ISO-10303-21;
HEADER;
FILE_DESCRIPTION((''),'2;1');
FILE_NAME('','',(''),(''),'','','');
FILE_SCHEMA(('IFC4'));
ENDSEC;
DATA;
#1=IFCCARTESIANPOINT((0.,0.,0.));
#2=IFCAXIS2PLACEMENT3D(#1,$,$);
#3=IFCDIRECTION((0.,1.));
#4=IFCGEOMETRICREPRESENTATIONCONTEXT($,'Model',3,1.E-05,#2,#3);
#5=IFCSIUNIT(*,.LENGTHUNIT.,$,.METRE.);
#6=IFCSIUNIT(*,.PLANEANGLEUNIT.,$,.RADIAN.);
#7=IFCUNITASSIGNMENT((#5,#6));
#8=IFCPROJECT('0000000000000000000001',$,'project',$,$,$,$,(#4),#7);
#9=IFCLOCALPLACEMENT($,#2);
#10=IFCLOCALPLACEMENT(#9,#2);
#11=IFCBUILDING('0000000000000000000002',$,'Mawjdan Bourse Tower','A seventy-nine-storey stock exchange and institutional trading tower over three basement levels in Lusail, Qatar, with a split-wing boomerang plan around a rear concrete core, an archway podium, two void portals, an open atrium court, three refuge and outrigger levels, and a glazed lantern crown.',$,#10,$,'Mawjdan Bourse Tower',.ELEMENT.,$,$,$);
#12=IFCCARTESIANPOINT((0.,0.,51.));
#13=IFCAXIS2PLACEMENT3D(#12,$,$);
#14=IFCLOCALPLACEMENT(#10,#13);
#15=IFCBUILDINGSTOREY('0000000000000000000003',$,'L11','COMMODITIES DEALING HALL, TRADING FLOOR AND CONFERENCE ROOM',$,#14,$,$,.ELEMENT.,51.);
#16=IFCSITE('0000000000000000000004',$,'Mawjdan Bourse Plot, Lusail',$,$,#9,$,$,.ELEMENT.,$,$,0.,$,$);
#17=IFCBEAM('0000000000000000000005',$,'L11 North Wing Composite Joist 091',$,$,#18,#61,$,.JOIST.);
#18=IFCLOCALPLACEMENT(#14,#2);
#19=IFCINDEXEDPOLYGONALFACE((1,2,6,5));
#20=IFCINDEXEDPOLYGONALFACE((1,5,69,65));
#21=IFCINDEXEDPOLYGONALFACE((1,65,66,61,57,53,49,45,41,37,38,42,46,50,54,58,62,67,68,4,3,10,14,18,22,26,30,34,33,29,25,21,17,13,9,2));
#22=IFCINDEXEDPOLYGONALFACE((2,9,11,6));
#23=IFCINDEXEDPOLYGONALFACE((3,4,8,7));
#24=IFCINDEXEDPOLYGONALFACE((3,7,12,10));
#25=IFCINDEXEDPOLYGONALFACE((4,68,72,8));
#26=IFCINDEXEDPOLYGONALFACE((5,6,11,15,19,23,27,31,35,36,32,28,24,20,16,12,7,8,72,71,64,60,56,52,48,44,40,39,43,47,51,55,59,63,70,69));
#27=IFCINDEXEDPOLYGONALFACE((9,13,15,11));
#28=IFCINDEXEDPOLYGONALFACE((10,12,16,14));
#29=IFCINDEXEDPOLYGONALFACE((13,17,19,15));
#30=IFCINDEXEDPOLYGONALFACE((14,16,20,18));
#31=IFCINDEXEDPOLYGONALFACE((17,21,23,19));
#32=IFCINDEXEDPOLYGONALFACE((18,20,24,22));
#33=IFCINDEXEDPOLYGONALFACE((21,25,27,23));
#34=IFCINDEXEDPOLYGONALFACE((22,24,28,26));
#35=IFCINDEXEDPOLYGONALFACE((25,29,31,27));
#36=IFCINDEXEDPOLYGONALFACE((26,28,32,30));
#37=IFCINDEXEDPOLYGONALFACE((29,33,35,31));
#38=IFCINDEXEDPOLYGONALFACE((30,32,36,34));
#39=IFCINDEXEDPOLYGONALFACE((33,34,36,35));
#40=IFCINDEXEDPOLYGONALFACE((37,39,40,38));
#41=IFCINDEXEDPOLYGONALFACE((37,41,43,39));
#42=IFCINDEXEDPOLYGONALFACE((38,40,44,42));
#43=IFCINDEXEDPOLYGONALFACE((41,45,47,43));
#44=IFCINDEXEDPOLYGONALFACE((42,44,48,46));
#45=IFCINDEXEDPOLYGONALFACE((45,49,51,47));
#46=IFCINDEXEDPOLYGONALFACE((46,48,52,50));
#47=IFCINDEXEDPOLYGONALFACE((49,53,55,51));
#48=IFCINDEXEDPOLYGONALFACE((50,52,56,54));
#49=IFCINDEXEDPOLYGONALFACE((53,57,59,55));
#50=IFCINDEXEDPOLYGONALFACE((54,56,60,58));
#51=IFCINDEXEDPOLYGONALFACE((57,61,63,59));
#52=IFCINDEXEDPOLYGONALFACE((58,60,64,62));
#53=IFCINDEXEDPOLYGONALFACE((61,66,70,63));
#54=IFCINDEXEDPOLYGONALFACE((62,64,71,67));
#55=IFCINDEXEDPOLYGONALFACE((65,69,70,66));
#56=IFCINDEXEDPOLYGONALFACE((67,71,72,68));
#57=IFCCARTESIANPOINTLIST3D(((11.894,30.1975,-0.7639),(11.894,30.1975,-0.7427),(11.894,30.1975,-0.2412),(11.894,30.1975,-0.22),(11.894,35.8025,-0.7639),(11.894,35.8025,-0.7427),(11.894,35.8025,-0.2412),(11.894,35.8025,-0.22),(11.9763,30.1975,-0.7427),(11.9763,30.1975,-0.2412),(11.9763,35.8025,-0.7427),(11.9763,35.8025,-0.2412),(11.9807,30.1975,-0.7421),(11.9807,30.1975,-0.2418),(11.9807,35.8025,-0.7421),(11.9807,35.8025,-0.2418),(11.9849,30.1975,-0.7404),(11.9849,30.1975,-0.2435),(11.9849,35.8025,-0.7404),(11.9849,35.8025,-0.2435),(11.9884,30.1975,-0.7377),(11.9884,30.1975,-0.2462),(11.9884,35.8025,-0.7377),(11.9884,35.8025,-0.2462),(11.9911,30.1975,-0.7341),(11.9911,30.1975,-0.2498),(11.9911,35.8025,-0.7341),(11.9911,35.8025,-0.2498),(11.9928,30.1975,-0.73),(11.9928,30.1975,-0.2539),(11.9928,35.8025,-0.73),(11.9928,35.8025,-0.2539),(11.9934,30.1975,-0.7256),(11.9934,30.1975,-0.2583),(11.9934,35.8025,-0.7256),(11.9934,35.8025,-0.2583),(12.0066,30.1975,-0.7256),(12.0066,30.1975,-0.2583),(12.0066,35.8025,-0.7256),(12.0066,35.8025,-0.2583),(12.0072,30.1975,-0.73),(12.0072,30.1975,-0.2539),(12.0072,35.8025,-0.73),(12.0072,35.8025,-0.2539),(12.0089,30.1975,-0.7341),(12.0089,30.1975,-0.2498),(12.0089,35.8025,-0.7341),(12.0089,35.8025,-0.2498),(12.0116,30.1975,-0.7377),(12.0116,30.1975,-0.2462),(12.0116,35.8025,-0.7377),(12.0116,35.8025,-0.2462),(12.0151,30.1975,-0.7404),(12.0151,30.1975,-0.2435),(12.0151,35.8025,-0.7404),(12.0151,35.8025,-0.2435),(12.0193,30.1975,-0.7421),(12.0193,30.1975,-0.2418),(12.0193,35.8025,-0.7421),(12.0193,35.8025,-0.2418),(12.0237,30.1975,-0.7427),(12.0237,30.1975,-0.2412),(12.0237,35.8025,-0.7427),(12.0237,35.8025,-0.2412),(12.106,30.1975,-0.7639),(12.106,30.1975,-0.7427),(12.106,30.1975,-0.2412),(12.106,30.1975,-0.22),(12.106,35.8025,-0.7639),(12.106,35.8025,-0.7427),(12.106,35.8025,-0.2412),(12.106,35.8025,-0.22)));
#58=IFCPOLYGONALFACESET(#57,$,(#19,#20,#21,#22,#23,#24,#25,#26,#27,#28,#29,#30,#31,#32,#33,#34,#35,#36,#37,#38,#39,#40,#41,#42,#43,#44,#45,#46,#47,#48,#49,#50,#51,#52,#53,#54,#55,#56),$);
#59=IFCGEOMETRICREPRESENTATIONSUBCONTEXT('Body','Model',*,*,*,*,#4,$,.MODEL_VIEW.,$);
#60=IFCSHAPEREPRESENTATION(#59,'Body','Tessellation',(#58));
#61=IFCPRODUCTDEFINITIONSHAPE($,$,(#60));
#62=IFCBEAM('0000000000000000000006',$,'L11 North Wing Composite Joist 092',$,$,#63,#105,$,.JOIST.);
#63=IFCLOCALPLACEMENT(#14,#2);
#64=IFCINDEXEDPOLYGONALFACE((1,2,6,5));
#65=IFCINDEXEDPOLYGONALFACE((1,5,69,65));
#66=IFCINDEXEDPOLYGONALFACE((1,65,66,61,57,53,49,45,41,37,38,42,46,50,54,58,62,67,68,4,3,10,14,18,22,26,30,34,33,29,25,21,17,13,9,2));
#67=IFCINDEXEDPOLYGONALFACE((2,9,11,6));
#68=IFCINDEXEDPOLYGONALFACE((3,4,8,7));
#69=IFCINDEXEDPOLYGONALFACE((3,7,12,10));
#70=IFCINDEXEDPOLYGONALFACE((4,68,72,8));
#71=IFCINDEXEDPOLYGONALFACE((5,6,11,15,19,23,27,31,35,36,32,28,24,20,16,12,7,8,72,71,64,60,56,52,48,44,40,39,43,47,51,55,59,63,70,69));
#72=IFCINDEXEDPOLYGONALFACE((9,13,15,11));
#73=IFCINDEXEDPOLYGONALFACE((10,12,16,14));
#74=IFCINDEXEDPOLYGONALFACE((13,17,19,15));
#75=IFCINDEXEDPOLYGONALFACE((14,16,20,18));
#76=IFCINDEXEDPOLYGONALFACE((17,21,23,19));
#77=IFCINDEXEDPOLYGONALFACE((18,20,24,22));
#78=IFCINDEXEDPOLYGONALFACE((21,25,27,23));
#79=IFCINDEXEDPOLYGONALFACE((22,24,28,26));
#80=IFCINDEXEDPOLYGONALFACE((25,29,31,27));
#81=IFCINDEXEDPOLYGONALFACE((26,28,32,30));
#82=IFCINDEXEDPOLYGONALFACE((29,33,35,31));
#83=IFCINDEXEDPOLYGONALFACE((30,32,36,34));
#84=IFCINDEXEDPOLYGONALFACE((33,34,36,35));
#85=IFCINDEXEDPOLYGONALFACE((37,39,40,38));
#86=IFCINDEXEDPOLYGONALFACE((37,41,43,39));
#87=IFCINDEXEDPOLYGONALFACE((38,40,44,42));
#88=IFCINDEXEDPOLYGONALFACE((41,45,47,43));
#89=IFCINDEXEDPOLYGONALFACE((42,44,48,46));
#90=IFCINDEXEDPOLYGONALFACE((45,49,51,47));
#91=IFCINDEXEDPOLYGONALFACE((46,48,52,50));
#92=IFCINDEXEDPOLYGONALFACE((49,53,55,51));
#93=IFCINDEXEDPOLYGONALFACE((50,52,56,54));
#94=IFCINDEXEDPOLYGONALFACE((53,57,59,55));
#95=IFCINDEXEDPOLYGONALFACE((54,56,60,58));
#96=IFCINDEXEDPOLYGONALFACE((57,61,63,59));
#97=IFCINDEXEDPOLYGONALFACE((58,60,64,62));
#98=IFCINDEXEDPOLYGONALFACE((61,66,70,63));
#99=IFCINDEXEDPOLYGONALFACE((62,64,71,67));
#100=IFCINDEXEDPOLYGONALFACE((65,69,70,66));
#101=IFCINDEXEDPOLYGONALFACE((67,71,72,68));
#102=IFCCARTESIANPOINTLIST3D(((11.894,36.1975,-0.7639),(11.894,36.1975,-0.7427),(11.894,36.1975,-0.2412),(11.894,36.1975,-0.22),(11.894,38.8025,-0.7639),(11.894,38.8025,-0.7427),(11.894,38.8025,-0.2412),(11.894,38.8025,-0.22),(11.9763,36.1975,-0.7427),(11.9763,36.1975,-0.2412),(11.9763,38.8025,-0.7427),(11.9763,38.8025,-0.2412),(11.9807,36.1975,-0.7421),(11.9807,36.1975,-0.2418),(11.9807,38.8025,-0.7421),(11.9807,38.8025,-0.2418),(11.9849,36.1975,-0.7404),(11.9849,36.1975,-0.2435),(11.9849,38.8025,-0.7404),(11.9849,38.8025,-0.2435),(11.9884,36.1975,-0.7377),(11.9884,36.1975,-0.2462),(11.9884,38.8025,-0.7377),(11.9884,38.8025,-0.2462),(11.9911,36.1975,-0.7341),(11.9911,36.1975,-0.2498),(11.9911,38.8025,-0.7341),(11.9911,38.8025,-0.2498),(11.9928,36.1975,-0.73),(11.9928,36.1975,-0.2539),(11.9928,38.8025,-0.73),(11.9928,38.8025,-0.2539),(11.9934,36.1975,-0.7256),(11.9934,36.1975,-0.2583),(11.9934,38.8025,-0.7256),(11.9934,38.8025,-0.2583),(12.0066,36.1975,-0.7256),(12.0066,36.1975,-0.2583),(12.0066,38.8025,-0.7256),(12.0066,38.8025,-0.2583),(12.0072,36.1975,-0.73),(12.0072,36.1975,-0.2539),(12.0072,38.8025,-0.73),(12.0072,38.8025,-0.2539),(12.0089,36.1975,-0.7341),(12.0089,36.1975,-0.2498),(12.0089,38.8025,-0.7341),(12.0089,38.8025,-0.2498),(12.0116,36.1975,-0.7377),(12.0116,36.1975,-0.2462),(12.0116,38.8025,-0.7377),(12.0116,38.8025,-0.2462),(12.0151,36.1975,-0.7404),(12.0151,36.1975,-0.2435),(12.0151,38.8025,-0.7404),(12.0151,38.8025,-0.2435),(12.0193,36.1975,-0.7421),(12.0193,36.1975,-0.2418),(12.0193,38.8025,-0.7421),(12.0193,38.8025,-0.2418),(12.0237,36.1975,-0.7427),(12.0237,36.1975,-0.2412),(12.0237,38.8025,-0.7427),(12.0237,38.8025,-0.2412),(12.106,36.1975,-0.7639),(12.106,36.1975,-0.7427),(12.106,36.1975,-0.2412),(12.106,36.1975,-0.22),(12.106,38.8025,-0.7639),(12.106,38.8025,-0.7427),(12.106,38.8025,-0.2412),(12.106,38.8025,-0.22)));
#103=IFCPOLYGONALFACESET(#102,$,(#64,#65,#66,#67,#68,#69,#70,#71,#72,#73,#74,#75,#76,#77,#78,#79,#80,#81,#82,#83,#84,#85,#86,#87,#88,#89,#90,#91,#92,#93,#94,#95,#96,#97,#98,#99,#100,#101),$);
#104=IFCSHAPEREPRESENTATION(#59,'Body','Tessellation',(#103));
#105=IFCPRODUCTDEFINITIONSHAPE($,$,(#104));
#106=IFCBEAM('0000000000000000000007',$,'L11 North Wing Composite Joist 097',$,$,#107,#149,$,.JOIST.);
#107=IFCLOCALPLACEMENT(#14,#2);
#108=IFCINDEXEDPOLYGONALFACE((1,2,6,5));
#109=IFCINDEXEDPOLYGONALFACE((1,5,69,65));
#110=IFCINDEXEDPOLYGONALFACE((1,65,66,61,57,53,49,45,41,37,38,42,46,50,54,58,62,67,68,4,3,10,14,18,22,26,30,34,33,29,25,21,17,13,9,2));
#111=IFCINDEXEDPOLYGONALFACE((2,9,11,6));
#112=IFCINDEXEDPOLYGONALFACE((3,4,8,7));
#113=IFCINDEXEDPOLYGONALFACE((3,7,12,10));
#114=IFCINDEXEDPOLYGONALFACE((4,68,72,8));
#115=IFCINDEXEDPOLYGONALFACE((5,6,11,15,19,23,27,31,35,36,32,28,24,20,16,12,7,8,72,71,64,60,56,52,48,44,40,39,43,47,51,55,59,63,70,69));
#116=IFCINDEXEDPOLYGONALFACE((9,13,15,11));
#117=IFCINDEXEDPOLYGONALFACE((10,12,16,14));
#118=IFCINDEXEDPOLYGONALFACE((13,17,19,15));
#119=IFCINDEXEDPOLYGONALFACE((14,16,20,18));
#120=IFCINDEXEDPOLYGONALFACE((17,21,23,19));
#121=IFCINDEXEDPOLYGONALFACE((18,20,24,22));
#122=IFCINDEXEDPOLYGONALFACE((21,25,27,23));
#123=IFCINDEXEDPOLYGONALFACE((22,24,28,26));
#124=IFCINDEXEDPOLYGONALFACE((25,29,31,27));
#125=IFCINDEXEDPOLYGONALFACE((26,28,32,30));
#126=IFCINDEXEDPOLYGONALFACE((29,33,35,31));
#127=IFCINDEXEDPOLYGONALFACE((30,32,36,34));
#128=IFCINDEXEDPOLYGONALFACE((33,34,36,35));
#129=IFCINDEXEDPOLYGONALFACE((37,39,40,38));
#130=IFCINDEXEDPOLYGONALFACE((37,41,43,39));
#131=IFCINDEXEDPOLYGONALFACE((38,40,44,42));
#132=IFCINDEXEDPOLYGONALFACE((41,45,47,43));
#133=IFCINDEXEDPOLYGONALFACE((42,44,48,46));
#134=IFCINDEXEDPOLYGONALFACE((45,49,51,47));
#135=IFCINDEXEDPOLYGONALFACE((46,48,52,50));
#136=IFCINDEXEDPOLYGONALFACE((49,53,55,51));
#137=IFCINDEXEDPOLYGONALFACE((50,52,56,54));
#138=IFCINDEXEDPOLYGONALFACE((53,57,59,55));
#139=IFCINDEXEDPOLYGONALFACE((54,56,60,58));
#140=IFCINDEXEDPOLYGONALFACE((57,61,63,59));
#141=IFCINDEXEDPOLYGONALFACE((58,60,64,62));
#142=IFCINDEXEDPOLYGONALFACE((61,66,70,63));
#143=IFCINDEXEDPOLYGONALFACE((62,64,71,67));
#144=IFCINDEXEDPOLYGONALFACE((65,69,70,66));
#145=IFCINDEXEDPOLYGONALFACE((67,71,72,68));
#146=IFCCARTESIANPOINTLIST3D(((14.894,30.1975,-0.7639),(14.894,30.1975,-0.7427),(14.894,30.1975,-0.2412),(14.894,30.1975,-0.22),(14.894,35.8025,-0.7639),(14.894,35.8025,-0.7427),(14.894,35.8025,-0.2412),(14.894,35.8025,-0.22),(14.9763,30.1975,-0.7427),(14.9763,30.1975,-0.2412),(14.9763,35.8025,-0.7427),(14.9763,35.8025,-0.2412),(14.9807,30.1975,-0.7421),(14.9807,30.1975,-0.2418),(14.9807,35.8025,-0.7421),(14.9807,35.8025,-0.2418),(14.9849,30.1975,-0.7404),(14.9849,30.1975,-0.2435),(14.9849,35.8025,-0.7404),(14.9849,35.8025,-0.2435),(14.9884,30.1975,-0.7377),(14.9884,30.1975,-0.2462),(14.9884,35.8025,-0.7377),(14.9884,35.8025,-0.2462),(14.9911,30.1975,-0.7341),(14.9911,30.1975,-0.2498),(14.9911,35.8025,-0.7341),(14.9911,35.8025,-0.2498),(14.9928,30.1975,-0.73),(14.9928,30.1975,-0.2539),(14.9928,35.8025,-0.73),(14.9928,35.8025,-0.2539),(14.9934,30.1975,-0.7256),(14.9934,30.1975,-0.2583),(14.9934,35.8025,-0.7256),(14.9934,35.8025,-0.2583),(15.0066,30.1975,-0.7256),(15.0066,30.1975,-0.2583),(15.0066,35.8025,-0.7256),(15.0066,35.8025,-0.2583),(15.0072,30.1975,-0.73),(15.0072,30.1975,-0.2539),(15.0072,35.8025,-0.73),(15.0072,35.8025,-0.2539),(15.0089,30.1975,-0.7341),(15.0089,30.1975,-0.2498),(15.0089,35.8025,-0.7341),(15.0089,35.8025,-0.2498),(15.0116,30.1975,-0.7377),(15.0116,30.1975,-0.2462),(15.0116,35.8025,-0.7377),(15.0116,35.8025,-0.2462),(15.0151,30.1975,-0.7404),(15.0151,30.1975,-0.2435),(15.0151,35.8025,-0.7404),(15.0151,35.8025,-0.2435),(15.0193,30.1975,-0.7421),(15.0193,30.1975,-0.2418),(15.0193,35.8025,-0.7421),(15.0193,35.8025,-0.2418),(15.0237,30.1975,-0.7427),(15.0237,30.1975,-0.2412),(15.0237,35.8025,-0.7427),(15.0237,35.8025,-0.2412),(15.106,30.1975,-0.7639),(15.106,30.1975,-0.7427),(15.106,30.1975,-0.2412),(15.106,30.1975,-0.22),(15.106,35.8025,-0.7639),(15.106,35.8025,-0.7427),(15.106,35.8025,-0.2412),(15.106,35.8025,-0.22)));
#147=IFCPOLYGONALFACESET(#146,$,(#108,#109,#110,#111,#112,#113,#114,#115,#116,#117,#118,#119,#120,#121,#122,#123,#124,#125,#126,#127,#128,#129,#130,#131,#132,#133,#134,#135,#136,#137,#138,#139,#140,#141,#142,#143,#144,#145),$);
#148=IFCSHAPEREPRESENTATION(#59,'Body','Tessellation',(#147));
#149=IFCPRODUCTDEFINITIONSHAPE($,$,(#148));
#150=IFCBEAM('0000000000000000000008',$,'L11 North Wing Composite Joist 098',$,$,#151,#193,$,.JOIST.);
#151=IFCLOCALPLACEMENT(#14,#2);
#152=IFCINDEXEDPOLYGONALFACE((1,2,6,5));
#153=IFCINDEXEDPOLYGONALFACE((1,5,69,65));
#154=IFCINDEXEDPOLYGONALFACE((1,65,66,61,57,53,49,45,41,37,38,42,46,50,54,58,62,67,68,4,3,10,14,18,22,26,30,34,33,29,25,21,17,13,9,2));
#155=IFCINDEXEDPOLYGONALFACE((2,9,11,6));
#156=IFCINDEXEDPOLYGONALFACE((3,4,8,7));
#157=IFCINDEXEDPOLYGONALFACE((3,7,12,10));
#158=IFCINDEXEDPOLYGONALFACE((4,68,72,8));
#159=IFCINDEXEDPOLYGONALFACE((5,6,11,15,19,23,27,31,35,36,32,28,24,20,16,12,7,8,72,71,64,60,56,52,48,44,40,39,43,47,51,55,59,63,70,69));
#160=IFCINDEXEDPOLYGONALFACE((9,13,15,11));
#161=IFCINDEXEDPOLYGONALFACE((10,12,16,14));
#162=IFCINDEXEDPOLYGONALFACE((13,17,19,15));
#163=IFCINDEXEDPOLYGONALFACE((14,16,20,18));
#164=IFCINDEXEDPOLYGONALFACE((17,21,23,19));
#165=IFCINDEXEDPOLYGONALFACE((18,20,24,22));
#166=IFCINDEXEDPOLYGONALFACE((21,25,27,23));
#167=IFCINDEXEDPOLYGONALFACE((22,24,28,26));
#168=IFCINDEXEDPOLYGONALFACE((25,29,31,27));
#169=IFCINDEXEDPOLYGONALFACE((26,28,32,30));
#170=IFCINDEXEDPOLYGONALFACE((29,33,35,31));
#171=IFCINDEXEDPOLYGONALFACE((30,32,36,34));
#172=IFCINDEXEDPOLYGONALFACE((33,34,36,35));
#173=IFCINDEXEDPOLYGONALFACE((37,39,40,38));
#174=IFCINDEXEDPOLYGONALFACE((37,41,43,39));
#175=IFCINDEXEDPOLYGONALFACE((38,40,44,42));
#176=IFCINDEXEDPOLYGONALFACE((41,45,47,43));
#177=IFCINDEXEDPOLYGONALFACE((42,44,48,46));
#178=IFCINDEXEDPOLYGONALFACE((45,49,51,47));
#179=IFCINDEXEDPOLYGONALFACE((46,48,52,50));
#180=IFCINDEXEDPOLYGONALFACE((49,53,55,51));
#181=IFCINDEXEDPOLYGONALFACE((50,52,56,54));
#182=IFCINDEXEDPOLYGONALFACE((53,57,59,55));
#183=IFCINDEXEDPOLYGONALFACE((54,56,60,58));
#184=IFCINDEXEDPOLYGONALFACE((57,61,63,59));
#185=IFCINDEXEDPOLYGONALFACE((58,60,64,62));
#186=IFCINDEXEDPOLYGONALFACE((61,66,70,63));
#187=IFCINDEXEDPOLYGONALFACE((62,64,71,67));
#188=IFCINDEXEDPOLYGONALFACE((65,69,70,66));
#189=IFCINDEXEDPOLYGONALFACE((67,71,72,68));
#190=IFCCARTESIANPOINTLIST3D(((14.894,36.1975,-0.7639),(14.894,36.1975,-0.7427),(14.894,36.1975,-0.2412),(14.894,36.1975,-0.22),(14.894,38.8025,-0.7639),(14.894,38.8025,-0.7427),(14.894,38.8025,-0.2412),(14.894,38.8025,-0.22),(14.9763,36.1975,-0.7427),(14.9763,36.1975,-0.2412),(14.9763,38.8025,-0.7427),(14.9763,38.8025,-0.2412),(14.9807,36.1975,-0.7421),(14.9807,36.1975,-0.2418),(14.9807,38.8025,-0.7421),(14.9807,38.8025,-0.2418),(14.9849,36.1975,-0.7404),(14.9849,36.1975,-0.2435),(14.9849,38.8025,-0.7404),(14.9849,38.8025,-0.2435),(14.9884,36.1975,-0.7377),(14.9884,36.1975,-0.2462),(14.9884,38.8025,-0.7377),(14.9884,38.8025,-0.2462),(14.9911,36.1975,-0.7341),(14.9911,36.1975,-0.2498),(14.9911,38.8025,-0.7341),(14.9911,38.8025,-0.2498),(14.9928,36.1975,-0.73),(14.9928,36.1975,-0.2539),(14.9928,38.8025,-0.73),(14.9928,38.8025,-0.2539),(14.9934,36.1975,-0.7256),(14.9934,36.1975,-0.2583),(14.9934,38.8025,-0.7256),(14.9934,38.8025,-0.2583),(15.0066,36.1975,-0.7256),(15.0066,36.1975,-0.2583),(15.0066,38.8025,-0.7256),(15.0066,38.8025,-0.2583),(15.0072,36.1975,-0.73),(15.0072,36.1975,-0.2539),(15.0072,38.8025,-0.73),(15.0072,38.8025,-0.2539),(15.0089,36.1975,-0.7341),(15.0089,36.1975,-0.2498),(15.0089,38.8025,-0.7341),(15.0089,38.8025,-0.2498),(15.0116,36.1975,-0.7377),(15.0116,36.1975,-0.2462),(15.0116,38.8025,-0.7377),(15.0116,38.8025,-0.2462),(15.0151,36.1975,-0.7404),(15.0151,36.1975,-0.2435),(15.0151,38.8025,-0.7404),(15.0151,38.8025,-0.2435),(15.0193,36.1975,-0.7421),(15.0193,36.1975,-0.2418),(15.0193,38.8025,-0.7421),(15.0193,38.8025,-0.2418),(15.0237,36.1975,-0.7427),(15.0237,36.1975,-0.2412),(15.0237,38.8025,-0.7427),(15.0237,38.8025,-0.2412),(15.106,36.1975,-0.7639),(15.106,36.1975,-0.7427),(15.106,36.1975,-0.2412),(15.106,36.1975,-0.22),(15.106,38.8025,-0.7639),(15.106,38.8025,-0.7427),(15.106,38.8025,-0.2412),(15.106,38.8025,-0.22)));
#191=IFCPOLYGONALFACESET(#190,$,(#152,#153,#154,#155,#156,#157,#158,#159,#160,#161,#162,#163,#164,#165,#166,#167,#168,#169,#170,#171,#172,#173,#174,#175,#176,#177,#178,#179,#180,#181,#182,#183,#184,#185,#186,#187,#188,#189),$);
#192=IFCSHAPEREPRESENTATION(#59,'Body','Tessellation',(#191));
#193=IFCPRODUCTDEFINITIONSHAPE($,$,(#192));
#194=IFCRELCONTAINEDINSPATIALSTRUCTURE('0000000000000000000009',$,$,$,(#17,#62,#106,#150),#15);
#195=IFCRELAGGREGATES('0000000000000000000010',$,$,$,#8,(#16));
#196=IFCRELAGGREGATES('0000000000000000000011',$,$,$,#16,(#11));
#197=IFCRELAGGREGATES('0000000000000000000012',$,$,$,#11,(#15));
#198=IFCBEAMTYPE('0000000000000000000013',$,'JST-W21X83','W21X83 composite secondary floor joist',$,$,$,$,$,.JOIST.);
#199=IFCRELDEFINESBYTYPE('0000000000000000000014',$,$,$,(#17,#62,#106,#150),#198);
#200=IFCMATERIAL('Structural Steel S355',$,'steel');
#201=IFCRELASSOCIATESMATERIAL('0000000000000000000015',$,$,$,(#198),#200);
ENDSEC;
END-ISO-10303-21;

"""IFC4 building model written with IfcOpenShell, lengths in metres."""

from ifc_helpers import new_model, si_unit, direction, frame, origin, origin_2d, place, context, subcontext, project, spatial, i_section, extrude, material, material_profile, profile_set, type_object, element, save


model = new_model("IFC4")

# Units and contexts
model_context = context("Model", 3, precision=1e-05, world=origin(), true_north=direction((0.0, 1.0)))
body_context = subcontext(model_context, "Body", "Model", "MODEL_VIEW")
ifc_project = project(units=[si_unit("LENGTHUNIT", "METRE"), si_unit("PLANEANGLEUNIT", "RADIAN")], contexts=[model_context])

# Site, building, storey
site_placement = place(None, origin())
site = spatial("IfcSite", under=ifc_project, at=site_placement, Name="Mawjdan Bourse Plot, Lusail", CompositionType="ELEMENT", RefElevation=0.0)
building_placement = place(site_placement, origin())
building = spatial("IfcBuilding", under=site, at=building_placement, Name="Mawjdan Bourse Tower", Description="A seventy-nine-storey stock exchange and institutional trading tower over three basement levels in Lusail, Qatar, with a split-wing boomerang plan around a rear concrete core, an archway podium, two void portals, an open atrium court, three refuge and outrigger levels, and a glazed lantern crown.", LongName="Mawjdan Bourse Tower", CompositionType="ELEMENT")
storey_placement = place(building_placement, frame((0.0, 0.0, 51.0)))
storey = spatial("IfcBuildingStorey", under=building, at=storey_placement, Name="L11", Description="COMMODITIES DEALING HALL, TRADING FLOOR AND CONFERENCE ROOM", CompositionType="ELEMENT", Elevation=51.0)

# Beams
ifc_material_1 = material(Name="Structural Steel S355", Category="steel")
ifc_material_profile_1 = material_profile(ifc_material_1, i_section(OverallWidth=0.2119, OverallDepth=0.5439, WebThickness=0.0132, FlangeThickness=0.0212, FilletRadius=0.0171, at=origin_2d()), Name="W21X83")
ifc_profile_set_1 = profile_set([ifc_material_profile_1], Name="Structural Steel S355")
beam_type_1 = type_object("IfcBeamType", Name="JST-W21X83", Description="W21X83 composite secondary floor joist", PredefinedType="JOIST", material=ifc_profile_set_1)
beam_1_placement = place(storey_placement, frame((12.0, 30.1975, -0.4919), z_axis=(0.0, 1.0, 0.0), x_axis=(-1.0, 0.0, 0.0)))
element("IfcBeam", 1, at=beam_1_placement, inside=storey, type_object=beam_type_1, Name="L11 North Wing Composite Joist 091", PredefinedType="JOIST", context=body_context, shape_type="SweptSolid", body=[
    extrude(i_section(OverallWidth=0.2119, OverallDepth=0.5439, WebThickness=0.0132, FlangeThickness=0.0212, FilletRadius=0.0171, at=origin_2d()), origin(), (0.0, 0.0, 1.0), 5.605),
])
beam_2_placement = place(storey_placement, frame((12.0, 36.1975, -0.4919), z_axis=(0.0, 1.0, 0.0), x_axis=(-1.0, 0.0, 0.0)))
element("IfcBeam", 2, at=beam_2_placement, inside=storey, type_object=beam_type_1, Name="L11 North Wing Composite Joist 092", PredefinedType="JOIST", context=body_context, shape_type="SweptSolid", body=[
    extrude(i_section(OverallWidth=0.2119, OverallDepth=0.5439, WebThickness=0.0132, FlangeThickness=0.0212, FilletRadius=0.0171, at=origin_2d()), origin(), (0.0, 0.0, 1.0), 2.605),
])
beam_3_placement = place(storey_placement, frame((15.0, 30.1975, -0.4919), z_axis=(0.0, 1.0, 0.0), x_axis=(-1.0, 0.0, 0.0)))
element("IfcBeam", 3, at=beam_3_placement, inside=storey, type_object=beam_type_1, Name="L11 North Wing Composite Joist 097", PredefinedType="JOIST", context=body_context, shape_type="SweptSolid", body=[
    extrude(i_section(OverallWidth=0.2119, OverallDepth=0.5439, WebThickness=0.0132, FlangeThickness=0.0212, FilletRadius=0.0171, at=origin_2d()), origin(), (0.0, 0.0, 1.0), 5.605),
])
beam_4_placement = place(storey_placement, frame((15.0, 36.1975, -0.4919), z_axis=(0.0, 1.0, 0.0), x_axis=(-1.0, 0.0, 0.0)))
element("IfcBeam", 4, at=beam_4_placement, inside=storey, type_object=beam_type_1, Name="L11 North Wing Composite Joist 098", PredefinedType="JOIST", context=body_context, shape_type="SweptSolid", body=[
    extrude(i_section(OverallWidth=0.2119, OverallDepth=0.5439, WebThickness=0.0132, FlangeThickness=0.0212, FilletRadius=0.0171, at=origin_2d()), origin(), (0.0, 0.0, 1.0), 2.605),
])

save(model, "model.ifc")
